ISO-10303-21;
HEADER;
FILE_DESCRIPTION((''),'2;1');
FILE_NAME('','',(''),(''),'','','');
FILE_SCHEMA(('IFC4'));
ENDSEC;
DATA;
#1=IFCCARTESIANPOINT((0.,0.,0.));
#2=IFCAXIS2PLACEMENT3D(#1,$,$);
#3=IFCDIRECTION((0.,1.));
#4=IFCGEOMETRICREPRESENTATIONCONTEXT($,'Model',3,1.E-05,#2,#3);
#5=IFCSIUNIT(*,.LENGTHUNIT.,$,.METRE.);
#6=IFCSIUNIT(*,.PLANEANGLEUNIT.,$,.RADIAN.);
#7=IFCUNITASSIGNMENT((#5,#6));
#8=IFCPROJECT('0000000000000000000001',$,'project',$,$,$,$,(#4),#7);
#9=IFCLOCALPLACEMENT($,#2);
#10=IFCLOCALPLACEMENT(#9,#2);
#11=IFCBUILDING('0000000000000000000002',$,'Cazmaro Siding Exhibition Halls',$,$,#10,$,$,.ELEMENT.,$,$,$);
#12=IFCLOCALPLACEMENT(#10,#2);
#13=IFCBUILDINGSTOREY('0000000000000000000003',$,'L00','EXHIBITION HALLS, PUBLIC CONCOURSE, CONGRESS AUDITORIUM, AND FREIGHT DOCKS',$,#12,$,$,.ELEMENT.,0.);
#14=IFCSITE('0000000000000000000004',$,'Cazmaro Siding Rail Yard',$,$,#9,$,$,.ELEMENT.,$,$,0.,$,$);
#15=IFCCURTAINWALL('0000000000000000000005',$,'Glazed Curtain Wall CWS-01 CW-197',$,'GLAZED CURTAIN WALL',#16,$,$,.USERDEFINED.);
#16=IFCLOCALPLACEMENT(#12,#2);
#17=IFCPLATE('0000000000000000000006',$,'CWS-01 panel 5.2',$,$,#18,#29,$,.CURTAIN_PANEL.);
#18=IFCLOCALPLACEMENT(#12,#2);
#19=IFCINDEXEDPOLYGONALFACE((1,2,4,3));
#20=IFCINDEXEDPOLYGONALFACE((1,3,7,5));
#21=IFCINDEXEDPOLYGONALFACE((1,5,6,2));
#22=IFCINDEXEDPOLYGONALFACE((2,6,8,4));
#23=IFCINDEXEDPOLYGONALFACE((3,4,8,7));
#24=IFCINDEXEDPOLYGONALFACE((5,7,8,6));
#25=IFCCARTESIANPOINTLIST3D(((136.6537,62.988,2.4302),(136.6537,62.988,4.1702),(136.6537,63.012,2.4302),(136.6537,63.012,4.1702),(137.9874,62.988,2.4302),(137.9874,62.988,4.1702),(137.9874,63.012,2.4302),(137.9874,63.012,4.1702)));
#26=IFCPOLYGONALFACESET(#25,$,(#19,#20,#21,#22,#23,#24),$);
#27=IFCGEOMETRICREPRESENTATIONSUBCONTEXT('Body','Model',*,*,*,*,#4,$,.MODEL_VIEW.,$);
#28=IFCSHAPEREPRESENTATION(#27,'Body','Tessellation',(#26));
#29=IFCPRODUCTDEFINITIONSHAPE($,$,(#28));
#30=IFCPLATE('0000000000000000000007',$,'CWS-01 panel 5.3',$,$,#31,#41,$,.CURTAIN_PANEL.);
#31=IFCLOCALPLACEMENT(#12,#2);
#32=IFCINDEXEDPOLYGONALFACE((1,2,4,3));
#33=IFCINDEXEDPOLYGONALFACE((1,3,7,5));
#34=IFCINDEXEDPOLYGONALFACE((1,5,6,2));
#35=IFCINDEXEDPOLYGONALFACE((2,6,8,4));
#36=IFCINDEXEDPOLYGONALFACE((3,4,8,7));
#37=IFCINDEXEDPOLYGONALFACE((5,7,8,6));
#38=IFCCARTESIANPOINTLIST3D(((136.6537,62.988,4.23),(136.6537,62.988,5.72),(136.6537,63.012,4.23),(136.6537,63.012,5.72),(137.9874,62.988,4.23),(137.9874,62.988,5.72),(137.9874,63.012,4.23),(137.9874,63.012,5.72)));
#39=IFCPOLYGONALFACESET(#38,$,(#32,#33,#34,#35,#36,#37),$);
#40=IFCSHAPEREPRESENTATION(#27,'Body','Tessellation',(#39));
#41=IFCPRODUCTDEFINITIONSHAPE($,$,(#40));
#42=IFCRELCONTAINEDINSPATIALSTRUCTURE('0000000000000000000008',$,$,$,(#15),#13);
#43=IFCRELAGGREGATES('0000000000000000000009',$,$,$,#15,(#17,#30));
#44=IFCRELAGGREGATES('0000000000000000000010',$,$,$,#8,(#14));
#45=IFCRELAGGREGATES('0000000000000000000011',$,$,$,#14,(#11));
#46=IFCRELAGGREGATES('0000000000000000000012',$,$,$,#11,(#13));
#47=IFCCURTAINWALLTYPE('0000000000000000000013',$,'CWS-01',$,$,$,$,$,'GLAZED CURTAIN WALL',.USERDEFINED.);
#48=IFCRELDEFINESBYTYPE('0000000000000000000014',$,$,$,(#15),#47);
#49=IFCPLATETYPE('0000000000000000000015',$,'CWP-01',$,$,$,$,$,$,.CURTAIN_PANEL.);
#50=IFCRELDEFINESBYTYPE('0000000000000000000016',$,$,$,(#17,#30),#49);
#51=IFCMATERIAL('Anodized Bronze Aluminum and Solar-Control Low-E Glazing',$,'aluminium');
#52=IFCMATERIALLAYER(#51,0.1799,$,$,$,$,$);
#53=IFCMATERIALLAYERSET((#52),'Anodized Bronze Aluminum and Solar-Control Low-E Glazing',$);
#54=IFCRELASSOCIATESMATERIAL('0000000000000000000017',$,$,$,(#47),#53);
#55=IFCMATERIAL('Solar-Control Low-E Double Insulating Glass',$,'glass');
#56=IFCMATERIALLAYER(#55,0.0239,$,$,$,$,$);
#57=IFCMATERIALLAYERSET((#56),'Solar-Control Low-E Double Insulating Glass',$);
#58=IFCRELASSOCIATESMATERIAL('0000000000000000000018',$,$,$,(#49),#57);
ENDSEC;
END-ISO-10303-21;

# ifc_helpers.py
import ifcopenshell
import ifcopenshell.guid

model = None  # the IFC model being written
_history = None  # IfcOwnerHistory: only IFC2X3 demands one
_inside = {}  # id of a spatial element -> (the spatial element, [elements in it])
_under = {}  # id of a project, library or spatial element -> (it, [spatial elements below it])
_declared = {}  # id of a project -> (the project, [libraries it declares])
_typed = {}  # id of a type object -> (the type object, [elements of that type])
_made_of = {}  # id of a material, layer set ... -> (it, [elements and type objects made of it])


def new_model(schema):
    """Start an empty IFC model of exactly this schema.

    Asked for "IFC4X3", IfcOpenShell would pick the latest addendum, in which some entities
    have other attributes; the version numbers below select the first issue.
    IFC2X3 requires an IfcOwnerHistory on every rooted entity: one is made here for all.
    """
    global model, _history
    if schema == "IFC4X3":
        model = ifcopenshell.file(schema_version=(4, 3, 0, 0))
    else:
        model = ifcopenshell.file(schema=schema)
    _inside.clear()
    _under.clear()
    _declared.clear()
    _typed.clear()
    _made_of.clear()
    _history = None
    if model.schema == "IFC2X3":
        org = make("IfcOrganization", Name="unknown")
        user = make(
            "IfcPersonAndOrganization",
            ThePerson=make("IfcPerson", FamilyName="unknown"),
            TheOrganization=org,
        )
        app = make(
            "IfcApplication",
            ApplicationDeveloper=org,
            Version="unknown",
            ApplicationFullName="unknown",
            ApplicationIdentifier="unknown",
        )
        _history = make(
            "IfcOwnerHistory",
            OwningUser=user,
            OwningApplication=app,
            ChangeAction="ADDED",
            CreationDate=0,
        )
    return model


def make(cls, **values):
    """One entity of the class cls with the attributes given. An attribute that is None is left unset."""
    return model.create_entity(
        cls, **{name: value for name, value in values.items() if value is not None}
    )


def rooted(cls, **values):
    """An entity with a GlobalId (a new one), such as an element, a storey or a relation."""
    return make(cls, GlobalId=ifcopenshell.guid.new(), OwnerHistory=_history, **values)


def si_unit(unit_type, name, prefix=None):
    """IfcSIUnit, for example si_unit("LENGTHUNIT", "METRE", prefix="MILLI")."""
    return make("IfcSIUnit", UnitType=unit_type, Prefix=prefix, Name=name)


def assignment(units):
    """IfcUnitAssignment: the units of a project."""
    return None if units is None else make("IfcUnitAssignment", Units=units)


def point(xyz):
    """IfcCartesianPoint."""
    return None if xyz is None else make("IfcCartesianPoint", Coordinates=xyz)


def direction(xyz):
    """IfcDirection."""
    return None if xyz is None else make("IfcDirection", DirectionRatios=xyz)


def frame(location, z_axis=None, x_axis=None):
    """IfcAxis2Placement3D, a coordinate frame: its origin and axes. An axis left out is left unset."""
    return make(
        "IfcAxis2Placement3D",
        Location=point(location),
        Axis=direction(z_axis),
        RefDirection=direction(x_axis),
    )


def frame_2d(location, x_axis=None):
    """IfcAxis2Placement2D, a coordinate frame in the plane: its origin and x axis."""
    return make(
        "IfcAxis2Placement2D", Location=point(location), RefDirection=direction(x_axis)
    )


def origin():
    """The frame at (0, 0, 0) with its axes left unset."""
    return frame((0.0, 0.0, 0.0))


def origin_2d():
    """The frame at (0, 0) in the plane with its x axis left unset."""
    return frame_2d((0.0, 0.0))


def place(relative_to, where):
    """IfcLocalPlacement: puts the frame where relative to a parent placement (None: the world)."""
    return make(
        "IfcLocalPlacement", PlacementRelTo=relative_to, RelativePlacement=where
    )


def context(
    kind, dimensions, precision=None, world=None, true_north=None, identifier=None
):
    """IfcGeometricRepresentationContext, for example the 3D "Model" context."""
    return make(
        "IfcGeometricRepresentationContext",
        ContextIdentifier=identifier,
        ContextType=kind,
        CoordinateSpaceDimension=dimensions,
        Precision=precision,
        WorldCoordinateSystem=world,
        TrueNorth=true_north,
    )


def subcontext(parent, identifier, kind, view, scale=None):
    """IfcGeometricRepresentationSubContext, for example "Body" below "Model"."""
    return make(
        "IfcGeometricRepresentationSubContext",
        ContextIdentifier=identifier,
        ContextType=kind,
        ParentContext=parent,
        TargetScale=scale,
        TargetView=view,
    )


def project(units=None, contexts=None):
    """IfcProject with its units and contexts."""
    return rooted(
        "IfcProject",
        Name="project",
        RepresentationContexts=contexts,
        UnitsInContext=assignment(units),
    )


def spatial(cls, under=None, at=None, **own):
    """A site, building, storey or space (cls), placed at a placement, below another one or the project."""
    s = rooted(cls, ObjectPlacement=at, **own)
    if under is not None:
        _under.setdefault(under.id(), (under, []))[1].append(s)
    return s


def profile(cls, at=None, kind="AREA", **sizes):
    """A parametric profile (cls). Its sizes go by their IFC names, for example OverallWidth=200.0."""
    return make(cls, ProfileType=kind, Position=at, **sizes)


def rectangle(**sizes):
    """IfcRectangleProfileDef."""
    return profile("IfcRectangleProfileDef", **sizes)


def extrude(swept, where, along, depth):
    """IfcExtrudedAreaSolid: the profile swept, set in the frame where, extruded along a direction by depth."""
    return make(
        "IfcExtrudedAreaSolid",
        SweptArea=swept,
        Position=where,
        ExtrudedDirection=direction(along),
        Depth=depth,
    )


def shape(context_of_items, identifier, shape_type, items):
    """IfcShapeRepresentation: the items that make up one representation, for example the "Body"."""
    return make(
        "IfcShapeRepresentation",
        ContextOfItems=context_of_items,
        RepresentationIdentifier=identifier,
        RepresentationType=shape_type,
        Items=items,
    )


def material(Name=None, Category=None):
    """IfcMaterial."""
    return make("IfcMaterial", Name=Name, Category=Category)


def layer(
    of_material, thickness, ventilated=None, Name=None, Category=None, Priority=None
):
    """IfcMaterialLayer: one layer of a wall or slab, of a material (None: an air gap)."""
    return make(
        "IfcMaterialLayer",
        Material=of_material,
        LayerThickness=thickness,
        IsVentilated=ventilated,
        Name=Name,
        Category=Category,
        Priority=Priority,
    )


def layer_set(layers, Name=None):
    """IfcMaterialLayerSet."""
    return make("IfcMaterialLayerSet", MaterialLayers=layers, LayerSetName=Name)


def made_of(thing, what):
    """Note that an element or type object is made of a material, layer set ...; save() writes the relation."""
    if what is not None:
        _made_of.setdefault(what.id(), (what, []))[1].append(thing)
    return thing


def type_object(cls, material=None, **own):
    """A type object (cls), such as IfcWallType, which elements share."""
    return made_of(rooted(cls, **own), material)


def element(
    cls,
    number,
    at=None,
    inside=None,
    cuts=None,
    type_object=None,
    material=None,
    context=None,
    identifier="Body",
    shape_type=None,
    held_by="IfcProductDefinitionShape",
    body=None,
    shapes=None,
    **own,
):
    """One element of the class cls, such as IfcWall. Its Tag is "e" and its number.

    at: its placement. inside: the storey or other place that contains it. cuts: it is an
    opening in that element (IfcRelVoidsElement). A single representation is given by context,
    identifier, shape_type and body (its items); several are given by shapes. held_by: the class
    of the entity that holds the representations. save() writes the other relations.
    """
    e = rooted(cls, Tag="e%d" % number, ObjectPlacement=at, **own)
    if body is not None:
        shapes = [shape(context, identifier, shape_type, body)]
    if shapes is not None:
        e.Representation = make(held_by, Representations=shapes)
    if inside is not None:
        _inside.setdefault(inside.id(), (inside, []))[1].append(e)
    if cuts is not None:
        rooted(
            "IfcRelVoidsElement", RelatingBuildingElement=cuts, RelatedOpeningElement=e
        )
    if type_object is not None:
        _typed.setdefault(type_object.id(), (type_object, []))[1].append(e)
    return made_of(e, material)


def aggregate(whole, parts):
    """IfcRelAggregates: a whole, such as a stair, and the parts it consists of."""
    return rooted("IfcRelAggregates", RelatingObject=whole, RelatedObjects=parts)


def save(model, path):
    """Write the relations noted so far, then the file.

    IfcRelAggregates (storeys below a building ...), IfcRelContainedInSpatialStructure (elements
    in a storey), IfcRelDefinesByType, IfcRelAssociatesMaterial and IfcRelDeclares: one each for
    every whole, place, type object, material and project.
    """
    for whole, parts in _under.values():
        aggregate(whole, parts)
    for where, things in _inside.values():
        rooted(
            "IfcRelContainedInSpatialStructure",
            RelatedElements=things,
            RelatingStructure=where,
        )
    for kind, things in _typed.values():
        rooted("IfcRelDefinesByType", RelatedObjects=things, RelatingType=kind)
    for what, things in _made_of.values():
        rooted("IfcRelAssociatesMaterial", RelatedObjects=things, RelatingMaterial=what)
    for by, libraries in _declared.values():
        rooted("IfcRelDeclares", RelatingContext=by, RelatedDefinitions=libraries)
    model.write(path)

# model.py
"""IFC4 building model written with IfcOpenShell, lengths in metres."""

from ifc_helpers import new_model, si_unit, direction, frame, origin, origin_2d, place, context, subcontext, project, spatial, rectangle, extrude, material, layer, layer_set, type_object, element, aggregate, save


model = new_model("IFC4")

# Units and contexts
model_context = context("Model", 3, precision=1e-05, world=origin(), true_north=direction((0.0, 1.0)))
body_context = subcontext(model_context, "Body", "Model", "MODEL_VIEW")
ifc_project = project(units=[si_unit("LENGTHUNIT", "METRE"), si_unit("PLANEANGLEUNIT", "RADIAN")], contexts=[model_context])

# Site, building, storey
site_placement = place(None, origin())
site = spatial("IfcSite", under=ifc_project, at=site_placement, Name="Cazmaro Siding Rail Yard", CompositionType="ELEMENT", RefElevation=0.0)
building_placement = place(site_placement, origin())
building = spatial("IfcBuilding", under=site, at=building_placement, Name="Cazmaro Siding Exhibition Halls", CompositionType="ELEMENT")
storey_placement = place(building_placement, origin())
storey = spatial("IfcBuildingStorey", under=building, at=storey_placement, Name="L00", Description="EXHIBITION HALLS, PUBLIC CONCOURSE, CONGRESS AUDITORIUM, AND FREIGHT DOCKS", CompositionType="ELEMENT", Elevation=0.0)

# Curtain wall, plates
ifc_material_1 = material(Name="Anodized Bronze Aluminum and Solar-Control Low-E Glazing", Category="aluminium")
ifc_layer_1 = layer(ifc_material_1, 0.1799)
ifc_layer_set_1 = layer_set([ifc_layer_1], Name="Anodized Bronze Aluminum and Solar-Control Low-E Glazing")
curtain_wall_type = type_object("IfcCurtainWallType", Name="CWS-01", ElementType="GLAZED CURTAIN WALL", PredefinedType="USERDEFINED", material=ifc_layer_set_1)
curtain_wall_placement = place(storey_placement, origin())
curtain_wall = element("IfcCurtainWall", 1, at=curtain_wall_placement, inside=storey, type_object=curtain_wall_type, Name="Glazed Curtain Wall CWS-01 CW-197", ObjectType="GLAZED CURTAIN WALL", PredefinedType="USERDEFINED")
ifc_material_2 = material(Name="Solar-Control Low-E Double Insulating Glass", Category="glass")
ifc_layer_2 = layer(ifc_material_2, 0.0239)
ifc_layer_set_2 = layer_set([ifc_layer_2], Name="Solar-Control Low-E Double Insulating Glass")
plate_type = type_object("IfcPlateType", Name="CWP-01", PredefinedType="CURTAIN_PANEL", material=ifc_layer_set_2)
plate_1_placement = place(storey_placement, frame((137.3206, 63.0, 2.4302), z_axis=(0.0, 0.0, 1.0), x_axis=(-1.0, 0.0, 0.0)))
plate_1 = element("IfcPlate", 2, at=plate_1_placement, type_object=plate_type, Name="CWS-01 panel 5.2", PredefinedType="CURTAIN_PANEL", context=body_context, shape_type="SweptSolid", body=[
    extrude(rectangle(XDim=1.3337, YDim=0.0239, at=origin_2d()), origin(), (0.0, 0.0, 1.0), 1.74),
])
plate_2_placement = place(storey_placement, frame((137.3206, 63.0, 4.23), z_axis=(0.0, 0.0, 1.0), x_axis=(-1.0, 0.0, 0.0)))
plate_2 = element("IfcPlate", 3, at=plate_2_placement, type_object=plate_type, Name="CWS-01 panel 5.3", PredefinedType="CURTAIN_PANEL", context=body_context, shape_type="SweptSolid", body=[
    extrude(rectangle(XDim=1.3337, YDim=0.0239, at=origin_2d()), origin(), (0.0, 0.0, 1.0), 1.49),
])
aggregate(curtain_wall, [plate_1, plate_2])

save(model, "model.ifc")
